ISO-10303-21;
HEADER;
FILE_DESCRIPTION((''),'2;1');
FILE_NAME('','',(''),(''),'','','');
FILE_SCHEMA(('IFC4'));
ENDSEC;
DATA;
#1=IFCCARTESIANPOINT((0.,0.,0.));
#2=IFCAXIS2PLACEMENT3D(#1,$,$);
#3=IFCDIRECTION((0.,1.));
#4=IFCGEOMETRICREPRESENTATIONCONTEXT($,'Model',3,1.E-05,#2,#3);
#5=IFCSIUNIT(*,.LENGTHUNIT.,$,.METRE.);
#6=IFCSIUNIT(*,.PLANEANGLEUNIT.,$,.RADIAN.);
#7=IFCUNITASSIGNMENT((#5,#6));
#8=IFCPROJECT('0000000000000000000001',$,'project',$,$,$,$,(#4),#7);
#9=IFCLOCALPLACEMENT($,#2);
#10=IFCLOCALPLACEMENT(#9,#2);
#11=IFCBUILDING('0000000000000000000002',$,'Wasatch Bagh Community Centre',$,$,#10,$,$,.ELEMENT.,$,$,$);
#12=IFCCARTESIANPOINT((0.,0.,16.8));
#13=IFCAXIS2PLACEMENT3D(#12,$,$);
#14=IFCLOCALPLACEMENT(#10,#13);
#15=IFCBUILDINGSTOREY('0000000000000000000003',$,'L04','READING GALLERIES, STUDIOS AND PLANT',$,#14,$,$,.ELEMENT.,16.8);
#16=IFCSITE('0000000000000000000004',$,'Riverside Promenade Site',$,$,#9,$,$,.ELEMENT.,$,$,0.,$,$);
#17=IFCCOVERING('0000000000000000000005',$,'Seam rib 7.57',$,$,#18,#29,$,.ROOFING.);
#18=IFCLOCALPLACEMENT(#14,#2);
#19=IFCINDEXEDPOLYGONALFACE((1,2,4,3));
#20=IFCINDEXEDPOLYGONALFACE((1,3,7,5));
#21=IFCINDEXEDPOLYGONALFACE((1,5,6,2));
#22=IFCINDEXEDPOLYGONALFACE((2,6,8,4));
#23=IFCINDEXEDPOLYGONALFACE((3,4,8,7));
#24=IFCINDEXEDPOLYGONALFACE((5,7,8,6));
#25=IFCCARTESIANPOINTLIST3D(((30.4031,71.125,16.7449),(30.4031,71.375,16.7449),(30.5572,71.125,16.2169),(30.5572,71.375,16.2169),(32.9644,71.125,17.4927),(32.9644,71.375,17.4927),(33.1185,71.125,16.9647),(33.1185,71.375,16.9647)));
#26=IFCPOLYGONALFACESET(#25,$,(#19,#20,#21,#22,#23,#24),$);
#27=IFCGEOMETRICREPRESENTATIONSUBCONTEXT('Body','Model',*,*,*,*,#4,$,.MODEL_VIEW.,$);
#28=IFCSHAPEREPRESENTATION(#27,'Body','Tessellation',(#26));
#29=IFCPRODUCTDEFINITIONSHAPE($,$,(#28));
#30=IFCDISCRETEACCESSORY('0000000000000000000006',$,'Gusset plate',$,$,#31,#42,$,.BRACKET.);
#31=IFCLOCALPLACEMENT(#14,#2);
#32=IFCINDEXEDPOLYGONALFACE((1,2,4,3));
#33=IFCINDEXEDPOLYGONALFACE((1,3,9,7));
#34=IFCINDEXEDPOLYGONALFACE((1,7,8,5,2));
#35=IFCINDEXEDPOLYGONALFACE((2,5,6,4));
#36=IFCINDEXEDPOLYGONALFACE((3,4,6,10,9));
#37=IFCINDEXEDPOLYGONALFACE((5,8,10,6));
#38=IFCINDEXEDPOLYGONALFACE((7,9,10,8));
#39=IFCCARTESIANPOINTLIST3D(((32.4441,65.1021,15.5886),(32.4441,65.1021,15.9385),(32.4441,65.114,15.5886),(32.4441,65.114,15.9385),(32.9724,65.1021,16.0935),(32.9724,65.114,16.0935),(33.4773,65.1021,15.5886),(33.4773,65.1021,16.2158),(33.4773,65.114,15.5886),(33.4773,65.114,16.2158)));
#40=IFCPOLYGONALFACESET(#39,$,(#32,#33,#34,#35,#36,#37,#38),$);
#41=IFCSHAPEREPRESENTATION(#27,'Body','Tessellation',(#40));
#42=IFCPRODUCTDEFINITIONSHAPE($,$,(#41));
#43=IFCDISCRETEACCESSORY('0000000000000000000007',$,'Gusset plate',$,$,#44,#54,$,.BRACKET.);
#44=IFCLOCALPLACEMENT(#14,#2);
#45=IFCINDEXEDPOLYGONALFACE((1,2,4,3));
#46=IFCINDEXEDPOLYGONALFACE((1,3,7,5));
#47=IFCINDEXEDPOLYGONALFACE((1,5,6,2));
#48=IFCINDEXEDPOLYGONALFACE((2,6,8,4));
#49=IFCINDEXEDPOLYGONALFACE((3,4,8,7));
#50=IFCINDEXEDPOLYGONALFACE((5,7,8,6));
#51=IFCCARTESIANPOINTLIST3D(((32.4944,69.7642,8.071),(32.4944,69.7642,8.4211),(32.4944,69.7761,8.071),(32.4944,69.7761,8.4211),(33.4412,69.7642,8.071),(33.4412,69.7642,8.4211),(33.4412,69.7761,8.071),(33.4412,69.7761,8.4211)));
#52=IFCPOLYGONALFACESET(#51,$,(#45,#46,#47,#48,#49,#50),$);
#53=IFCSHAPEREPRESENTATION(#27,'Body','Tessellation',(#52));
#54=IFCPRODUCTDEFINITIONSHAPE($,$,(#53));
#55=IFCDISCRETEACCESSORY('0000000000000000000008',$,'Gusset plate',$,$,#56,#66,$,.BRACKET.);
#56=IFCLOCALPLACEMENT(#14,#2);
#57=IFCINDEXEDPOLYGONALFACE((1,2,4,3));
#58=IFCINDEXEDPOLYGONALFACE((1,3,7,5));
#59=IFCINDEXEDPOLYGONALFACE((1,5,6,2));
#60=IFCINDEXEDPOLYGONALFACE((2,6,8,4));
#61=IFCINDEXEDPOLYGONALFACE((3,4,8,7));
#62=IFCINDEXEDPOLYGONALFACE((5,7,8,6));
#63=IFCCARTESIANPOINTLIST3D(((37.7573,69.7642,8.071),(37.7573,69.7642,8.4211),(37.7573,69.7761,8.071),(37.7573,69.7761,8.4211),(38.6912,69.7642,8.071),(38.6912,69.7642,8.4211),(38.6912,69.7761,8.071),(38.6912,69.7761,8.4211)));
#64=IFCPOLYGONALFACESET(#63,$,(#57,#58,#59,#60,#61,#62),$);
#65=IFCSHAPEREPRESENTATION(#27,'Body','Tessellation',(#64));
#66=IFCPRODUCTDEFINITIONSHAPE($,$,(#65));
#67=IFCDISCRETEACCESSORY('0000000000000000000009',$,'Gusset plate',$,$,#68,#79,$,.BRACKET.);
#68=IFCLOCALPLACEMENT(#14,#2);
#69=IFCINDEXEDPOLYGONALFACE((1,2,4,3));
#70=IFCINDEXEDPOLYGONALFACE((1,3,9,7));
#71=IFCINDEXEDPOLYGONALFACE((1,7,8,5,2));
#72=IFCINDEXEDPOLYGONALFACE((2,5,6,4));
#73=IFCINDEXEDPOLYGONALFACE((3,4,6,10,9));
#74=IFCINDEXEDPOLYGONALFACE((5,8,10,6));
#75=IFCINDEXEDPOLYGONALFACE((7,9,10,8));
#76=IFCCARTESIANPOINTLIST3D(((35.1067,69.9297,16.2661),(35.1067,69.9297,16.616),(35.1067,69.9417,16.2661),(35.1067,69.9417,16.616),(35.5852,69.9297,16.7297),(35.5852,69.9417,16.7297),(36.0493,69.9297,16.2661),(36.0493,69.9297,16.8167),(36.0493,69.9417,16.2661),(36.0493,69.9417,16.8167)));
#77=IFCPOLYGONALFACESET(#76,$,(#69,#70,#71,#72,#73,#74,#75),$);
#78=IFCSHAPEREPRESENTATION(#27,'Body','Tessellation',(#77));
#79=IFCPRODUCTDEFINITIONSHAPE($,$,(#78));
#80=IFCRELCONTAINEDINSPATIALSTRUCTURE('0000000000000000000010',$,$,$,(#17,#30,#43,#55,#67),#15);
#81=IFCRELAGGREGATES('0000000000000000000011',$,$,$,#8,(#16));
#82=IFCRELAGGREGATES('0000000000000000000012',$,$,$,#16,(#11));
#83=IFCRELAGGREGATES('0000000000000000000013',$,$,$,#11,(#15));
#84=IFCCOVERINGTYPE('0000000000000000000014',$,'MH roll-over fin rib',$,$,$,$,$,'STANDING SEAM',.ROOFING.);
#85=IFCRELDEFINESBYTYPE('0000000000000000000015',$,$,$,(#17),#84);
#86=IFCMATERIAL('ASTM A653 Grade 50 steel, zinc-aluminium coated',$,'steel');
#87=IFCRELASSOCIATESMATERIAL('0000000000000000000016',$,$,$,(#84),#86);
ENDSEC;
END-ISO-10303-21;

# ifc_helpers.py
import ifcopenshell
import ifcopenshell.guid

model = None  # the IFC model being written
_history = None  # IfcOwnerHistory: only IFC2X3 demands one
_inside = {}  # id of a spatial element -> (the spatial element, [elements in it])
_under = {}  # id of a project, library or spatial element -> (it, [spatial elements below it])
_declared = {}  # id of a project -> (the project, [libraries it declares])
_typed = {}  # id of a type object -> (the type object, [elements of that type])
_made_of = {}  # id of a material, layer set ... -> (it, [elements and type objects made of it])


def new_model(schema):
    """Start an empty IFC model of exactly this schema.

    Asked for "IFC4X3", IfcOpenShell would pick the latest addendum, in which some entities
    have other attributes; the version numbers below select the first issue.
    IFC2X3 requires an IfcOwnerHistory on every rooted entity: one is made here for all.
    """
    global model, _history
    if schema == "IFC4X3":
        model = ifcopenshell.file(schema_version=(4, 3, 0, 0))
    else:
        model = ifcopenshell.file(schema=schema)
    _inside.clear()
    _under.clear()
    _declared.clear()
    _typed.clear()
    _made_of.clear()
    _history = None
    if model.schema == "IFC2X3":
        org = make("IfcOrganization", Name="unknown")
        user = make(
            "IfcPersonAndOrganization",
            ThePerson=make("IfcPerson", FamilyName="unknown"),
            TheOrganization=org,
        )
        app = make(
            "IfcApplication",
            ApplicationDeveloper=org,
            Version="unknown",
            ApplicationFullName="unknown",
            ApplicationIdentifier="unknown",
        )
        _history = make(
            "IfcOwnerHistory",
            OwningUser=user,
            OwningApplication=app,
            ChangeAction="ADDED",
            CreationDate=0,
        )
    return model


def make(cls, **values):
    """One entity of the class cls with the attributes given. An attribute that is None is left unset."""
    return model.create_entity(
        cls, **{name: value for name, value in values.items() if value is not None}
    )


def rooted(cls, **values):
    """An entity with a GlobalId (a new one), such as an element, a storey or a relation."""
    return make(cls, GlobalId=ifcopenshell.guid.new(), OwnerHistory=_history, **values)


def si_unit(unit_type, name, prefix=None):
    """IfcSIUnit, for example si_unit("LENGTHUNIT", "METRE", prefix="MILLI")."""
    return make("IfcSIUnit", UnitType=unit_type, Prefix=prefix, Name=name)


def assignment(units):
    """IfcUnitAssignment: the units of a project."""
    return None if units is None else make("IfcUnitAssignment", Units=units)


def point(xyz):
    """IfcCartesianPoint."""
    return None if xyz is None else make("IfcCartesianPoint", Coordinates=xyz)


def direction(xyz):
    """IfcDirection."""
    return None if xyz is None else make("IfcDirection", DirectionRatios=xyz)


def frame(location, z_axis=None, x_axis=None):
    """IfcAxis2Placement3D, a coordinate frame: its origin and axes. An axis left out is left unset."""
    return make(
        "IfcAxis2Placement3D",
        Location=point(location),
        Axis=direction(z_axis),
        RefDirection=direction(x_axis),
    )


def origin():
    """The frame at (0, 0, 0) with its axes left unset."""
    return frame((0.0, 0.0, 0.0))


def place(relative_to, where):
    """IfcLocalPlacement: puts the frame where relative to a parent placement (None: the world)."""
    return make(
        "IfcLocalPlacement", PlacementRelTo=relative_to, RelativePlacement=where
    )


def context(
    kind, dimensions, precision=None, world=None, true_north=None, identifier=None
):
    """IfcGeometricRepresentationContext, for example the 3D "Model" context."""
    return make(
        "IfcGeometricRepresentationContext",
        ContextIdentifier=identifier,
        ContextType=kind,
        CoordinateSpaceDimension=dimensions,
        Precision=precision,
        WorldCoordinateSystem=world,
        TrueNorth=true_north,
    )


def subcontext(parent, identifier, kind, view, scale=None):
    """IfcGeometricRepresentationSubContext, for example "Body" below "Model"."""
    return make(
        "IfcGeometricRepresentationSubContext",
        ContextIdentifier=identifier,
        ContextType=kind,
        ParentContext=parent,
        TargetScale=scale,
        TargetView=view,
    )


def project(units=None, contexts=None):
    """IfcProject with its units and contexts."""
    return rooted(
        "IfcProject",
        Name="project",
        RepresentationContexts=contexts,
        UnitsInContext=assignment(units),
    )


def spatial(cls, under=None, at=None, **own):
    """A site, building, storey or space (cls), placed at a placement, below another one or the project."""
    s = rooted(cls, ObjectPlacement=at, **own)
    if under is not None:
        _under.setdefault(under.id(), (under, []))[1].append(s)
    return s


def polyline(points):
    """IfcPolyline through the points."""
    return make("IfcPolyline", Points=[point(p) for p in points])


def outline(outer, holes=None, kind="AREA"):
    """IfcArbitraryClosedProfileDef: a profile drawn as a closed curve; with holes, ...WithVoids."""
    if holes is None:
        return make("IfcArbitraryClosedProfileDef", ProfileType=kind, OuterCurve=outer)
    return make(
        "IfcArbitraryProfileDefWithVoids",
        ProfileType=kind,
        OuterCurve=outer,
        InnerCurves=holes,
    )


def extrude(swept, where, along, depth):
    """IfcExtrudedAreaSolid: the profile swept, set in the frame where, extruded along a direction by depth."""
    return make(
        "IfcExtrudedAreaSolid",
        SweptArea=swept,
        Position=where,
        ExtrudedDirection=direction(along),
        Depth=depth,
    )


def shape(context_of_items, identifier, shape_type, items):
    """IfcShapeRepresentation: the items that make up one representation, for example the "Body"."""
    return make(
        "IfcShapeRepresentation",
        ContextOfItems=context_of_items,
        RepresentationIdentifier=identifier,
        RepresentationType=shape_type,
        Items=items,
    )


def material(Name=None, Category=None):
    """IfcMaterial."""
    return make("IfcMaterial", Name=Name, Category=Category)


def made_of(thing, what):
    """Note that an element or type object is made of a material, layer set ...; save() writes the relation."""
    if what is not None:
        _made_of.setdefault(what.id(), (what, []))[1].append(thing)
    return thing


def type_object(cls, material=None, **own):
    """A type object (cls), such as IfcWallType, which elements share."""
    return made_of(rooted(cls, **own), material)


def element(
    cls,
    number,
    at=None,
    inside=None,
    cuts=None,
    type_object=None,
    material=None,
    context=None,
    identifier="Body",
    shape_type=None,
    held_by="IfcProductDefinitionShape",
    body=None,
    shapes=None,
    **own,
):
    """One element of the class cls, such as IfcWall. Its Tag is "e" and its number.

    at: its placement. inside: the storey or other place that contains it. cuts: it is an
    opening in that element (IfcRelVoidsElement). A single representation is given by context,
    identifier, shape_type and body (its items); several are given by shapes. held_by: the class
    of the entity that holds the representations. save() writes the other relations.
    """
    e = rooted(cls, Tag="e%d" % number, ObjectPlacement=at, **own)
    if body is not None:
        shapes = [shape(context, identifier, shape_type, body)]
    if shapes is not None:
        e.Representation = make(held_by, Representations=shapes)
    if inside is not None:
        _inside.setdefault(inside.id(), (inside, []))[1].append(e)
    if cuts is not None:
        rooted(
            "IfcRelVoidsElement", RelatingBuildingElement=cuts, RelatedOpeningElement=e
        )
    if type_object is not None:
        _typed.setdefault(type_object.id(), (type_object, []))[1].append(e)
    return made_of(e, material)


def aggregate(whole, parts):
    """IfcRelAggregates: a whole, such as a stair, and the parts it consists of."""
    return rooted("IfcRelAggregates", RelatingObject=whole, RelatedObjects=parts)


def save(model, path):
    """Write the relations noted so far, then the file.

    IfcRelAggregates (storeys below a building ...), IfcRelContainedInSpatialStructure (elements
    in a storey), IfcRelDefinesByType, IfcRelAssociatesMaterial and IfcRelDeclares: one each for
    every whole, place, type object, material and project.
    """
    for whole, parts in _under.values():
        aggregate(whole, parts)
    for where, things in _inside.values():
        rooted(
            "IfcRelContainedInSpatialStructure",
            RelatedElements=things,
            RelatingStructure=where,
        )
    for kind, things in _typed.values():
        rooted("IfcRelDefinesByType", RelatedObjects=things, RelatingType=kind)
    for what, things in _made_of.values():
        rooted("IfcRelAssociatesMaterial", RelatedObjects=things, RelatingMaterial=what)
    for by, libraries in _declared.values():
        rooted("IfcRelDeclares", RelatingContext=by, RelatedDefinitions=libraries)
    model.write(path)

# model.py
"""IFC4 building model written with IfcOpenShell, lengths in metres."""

from ifc_helpers import new_model, si_unit, direction, frame, origin, place, context, subcontext, project, spatial, polyline, outline, extrude, material, type_object, element, save


model = new_model("IFC4")

# Units and contexts
model_context = context("Model", 3, precision=1e-05, world=origin(), true_north=direction((0.0, 1.0)))
body_context = subcontext(model_context, "Body", "Model", "MODEL_VIEW")
ifc_project = project(units=[si_unit("LENGTHUNIT", "METRE"), si_unit("PLANEANGLEUNIT", "RADIAN")], contexts=[model_context])

# Site, building, storey
site_placement = place(None, origin())
site = spatial("IfcSite", under=ifc_project, at=site_placement, Name="Riverside Promenade Site", CompositionType="ELEMENT", RefElevation=0.0)
building_placement = place(site_placement, origin())
building = spatial("IfcBuilding", under=site, at=building_placement, Name="Wasatch Bagh Community Centre", CompositionType="ELEMENT")
storey_placement = place(building_placement, frame((0.0, 0.0, 16.8)))
storey = spatial("IfcBuildingStorey", under=building, at=storey_placement, Name="L04", Description="READING GALLERIES, STUDIOS AND PLANT", CompositionType="ELEMENT", Elevation=16.8)

# Covering
ifc_material_1 = material(Name="ASTM A653 Grade 50 steel, zinc-aluminium coated", Category="steel")
covering_type = type_object("IfcCoveringType", Name="MH roll-over fin rib", ElementType="STANDING SEAM", PredefinedType="ROOFING", material=ifc_material_1)
for number, where, z_axis, x_axis, name in (
    (1, (30.4031, 71.125, 16.7449), (-0.280264, 0.0, 0.959923), (0.959923, 0.0, 0.280264), "Seam rib 7.57"),
):
    element("IfcCovering", number, at=place(storey_placement, frame(where, z_axis=z_axis, x_axis=x_axis)), inside=storey, type_object=covering_type, Name=name, PredefinedType="ROOFING", context=body_context, shape_type="SweptSolid", body=[
        extrude(outline(polyline([(0.0, 0.0), (2.6682, 0.0), (2.6682, 0.25), (0.0, 0.25), (0.0, 0.0)])), origin(), (0.0, 0.0, -1.0), 0.55),
    ])

# Discrete accessories
discrete_accessory_1_placement = place(storey_placement, frame((32.4441, 65.114, 15.9385), z_axis=(0.0, 1.0, 0.0), x_axis=(0.959542, 0.0, 0.281566)))
element("IfcDiscreteAccessory", 2, at=discrete_accessory_1_placement, inside=storey, Name="Gusset plate", PredefinedType="BRACKET", context=body_context, shape_type="SweptSolid", body=[
    extrude(outline(polyline([(0.0, 0.0), (0.5506, 0.0), (1.0695, 0.0248), (0.8929, 0.6266), (-0.0985, 0.3357), (0.0, 0.0)])), origin(), (0.0, 0.0, -1.0), 0.012),
])
discrete_accessory_2_placement = place(storey_placement, frame((32.4944, 69.7642, 8.071), z_axis=(0.0, -1.0, 0.0), x_axis=(1.0, 0.0, 0.0)))
element("IfcDiscreteAccessory", 3, at=discrete_accessory_2_placement, inside=storey, Name="Gusset plate", PredefinedType="BRACKET", context=body_context, shape_type="SweptSolid", body=[
    extrude(outline(polyline([(0.0, 0.0), (0.9468, 0.0), (0.9468, 0.3501), (0.0, 0.3501), (0.0, 0.0)])), origin(), (0.0, 0.0, -1.0), 0.012),
])
discrete_accessory_3_placement = place(storey_placement, frame((37.7573, 69.7642, 8.071), z_axis=(0.0, -1.0, 0.0), x_axis=(1.0, 0.0, 0.0)))
element("IfcDiscreteAccessory", 4, at=discrete_accessory_3_placement, inside=storey, Name="Gusset plate", PredefinedType="BRACKET", context=body_context, shape_type="SweptSolid", body=[
    extrude(outline(polyline([(0.0, 0.0), (0.9338, 0.0), (0.9338, 0.3501), (0.0, 0.3501), (0.0, 0.0)])), origin(), (0.0, 0.0, -1.0), 0.012),
])
discrete_accessory_4_placement = place(storey_placement, frame((35.1067, 69.9417, 16.616), z_axis=(0.0, 1.0, 0.0), x_axis=(0.972881, 0.0, 0.231307)))
element("IfcDiscreteAccessory", 5, at=discrete_accessory_4_placement, inside=storey, Name="Gusset plate", PredefinedType="BRACKET", context=body_context, shape_type="SweptSolid", body=[
    extrude(outline(polyline([(0.0, 0.0), (0.4919, 0.0), (0.9635, 0.0228), (0.8361, 0.5584), (-0.0809, 0.3404), (0.0, 0.0)])), origin(), (0.0, 0.0, -1.0), 0.012),
])

save(model, "model.ifc")
